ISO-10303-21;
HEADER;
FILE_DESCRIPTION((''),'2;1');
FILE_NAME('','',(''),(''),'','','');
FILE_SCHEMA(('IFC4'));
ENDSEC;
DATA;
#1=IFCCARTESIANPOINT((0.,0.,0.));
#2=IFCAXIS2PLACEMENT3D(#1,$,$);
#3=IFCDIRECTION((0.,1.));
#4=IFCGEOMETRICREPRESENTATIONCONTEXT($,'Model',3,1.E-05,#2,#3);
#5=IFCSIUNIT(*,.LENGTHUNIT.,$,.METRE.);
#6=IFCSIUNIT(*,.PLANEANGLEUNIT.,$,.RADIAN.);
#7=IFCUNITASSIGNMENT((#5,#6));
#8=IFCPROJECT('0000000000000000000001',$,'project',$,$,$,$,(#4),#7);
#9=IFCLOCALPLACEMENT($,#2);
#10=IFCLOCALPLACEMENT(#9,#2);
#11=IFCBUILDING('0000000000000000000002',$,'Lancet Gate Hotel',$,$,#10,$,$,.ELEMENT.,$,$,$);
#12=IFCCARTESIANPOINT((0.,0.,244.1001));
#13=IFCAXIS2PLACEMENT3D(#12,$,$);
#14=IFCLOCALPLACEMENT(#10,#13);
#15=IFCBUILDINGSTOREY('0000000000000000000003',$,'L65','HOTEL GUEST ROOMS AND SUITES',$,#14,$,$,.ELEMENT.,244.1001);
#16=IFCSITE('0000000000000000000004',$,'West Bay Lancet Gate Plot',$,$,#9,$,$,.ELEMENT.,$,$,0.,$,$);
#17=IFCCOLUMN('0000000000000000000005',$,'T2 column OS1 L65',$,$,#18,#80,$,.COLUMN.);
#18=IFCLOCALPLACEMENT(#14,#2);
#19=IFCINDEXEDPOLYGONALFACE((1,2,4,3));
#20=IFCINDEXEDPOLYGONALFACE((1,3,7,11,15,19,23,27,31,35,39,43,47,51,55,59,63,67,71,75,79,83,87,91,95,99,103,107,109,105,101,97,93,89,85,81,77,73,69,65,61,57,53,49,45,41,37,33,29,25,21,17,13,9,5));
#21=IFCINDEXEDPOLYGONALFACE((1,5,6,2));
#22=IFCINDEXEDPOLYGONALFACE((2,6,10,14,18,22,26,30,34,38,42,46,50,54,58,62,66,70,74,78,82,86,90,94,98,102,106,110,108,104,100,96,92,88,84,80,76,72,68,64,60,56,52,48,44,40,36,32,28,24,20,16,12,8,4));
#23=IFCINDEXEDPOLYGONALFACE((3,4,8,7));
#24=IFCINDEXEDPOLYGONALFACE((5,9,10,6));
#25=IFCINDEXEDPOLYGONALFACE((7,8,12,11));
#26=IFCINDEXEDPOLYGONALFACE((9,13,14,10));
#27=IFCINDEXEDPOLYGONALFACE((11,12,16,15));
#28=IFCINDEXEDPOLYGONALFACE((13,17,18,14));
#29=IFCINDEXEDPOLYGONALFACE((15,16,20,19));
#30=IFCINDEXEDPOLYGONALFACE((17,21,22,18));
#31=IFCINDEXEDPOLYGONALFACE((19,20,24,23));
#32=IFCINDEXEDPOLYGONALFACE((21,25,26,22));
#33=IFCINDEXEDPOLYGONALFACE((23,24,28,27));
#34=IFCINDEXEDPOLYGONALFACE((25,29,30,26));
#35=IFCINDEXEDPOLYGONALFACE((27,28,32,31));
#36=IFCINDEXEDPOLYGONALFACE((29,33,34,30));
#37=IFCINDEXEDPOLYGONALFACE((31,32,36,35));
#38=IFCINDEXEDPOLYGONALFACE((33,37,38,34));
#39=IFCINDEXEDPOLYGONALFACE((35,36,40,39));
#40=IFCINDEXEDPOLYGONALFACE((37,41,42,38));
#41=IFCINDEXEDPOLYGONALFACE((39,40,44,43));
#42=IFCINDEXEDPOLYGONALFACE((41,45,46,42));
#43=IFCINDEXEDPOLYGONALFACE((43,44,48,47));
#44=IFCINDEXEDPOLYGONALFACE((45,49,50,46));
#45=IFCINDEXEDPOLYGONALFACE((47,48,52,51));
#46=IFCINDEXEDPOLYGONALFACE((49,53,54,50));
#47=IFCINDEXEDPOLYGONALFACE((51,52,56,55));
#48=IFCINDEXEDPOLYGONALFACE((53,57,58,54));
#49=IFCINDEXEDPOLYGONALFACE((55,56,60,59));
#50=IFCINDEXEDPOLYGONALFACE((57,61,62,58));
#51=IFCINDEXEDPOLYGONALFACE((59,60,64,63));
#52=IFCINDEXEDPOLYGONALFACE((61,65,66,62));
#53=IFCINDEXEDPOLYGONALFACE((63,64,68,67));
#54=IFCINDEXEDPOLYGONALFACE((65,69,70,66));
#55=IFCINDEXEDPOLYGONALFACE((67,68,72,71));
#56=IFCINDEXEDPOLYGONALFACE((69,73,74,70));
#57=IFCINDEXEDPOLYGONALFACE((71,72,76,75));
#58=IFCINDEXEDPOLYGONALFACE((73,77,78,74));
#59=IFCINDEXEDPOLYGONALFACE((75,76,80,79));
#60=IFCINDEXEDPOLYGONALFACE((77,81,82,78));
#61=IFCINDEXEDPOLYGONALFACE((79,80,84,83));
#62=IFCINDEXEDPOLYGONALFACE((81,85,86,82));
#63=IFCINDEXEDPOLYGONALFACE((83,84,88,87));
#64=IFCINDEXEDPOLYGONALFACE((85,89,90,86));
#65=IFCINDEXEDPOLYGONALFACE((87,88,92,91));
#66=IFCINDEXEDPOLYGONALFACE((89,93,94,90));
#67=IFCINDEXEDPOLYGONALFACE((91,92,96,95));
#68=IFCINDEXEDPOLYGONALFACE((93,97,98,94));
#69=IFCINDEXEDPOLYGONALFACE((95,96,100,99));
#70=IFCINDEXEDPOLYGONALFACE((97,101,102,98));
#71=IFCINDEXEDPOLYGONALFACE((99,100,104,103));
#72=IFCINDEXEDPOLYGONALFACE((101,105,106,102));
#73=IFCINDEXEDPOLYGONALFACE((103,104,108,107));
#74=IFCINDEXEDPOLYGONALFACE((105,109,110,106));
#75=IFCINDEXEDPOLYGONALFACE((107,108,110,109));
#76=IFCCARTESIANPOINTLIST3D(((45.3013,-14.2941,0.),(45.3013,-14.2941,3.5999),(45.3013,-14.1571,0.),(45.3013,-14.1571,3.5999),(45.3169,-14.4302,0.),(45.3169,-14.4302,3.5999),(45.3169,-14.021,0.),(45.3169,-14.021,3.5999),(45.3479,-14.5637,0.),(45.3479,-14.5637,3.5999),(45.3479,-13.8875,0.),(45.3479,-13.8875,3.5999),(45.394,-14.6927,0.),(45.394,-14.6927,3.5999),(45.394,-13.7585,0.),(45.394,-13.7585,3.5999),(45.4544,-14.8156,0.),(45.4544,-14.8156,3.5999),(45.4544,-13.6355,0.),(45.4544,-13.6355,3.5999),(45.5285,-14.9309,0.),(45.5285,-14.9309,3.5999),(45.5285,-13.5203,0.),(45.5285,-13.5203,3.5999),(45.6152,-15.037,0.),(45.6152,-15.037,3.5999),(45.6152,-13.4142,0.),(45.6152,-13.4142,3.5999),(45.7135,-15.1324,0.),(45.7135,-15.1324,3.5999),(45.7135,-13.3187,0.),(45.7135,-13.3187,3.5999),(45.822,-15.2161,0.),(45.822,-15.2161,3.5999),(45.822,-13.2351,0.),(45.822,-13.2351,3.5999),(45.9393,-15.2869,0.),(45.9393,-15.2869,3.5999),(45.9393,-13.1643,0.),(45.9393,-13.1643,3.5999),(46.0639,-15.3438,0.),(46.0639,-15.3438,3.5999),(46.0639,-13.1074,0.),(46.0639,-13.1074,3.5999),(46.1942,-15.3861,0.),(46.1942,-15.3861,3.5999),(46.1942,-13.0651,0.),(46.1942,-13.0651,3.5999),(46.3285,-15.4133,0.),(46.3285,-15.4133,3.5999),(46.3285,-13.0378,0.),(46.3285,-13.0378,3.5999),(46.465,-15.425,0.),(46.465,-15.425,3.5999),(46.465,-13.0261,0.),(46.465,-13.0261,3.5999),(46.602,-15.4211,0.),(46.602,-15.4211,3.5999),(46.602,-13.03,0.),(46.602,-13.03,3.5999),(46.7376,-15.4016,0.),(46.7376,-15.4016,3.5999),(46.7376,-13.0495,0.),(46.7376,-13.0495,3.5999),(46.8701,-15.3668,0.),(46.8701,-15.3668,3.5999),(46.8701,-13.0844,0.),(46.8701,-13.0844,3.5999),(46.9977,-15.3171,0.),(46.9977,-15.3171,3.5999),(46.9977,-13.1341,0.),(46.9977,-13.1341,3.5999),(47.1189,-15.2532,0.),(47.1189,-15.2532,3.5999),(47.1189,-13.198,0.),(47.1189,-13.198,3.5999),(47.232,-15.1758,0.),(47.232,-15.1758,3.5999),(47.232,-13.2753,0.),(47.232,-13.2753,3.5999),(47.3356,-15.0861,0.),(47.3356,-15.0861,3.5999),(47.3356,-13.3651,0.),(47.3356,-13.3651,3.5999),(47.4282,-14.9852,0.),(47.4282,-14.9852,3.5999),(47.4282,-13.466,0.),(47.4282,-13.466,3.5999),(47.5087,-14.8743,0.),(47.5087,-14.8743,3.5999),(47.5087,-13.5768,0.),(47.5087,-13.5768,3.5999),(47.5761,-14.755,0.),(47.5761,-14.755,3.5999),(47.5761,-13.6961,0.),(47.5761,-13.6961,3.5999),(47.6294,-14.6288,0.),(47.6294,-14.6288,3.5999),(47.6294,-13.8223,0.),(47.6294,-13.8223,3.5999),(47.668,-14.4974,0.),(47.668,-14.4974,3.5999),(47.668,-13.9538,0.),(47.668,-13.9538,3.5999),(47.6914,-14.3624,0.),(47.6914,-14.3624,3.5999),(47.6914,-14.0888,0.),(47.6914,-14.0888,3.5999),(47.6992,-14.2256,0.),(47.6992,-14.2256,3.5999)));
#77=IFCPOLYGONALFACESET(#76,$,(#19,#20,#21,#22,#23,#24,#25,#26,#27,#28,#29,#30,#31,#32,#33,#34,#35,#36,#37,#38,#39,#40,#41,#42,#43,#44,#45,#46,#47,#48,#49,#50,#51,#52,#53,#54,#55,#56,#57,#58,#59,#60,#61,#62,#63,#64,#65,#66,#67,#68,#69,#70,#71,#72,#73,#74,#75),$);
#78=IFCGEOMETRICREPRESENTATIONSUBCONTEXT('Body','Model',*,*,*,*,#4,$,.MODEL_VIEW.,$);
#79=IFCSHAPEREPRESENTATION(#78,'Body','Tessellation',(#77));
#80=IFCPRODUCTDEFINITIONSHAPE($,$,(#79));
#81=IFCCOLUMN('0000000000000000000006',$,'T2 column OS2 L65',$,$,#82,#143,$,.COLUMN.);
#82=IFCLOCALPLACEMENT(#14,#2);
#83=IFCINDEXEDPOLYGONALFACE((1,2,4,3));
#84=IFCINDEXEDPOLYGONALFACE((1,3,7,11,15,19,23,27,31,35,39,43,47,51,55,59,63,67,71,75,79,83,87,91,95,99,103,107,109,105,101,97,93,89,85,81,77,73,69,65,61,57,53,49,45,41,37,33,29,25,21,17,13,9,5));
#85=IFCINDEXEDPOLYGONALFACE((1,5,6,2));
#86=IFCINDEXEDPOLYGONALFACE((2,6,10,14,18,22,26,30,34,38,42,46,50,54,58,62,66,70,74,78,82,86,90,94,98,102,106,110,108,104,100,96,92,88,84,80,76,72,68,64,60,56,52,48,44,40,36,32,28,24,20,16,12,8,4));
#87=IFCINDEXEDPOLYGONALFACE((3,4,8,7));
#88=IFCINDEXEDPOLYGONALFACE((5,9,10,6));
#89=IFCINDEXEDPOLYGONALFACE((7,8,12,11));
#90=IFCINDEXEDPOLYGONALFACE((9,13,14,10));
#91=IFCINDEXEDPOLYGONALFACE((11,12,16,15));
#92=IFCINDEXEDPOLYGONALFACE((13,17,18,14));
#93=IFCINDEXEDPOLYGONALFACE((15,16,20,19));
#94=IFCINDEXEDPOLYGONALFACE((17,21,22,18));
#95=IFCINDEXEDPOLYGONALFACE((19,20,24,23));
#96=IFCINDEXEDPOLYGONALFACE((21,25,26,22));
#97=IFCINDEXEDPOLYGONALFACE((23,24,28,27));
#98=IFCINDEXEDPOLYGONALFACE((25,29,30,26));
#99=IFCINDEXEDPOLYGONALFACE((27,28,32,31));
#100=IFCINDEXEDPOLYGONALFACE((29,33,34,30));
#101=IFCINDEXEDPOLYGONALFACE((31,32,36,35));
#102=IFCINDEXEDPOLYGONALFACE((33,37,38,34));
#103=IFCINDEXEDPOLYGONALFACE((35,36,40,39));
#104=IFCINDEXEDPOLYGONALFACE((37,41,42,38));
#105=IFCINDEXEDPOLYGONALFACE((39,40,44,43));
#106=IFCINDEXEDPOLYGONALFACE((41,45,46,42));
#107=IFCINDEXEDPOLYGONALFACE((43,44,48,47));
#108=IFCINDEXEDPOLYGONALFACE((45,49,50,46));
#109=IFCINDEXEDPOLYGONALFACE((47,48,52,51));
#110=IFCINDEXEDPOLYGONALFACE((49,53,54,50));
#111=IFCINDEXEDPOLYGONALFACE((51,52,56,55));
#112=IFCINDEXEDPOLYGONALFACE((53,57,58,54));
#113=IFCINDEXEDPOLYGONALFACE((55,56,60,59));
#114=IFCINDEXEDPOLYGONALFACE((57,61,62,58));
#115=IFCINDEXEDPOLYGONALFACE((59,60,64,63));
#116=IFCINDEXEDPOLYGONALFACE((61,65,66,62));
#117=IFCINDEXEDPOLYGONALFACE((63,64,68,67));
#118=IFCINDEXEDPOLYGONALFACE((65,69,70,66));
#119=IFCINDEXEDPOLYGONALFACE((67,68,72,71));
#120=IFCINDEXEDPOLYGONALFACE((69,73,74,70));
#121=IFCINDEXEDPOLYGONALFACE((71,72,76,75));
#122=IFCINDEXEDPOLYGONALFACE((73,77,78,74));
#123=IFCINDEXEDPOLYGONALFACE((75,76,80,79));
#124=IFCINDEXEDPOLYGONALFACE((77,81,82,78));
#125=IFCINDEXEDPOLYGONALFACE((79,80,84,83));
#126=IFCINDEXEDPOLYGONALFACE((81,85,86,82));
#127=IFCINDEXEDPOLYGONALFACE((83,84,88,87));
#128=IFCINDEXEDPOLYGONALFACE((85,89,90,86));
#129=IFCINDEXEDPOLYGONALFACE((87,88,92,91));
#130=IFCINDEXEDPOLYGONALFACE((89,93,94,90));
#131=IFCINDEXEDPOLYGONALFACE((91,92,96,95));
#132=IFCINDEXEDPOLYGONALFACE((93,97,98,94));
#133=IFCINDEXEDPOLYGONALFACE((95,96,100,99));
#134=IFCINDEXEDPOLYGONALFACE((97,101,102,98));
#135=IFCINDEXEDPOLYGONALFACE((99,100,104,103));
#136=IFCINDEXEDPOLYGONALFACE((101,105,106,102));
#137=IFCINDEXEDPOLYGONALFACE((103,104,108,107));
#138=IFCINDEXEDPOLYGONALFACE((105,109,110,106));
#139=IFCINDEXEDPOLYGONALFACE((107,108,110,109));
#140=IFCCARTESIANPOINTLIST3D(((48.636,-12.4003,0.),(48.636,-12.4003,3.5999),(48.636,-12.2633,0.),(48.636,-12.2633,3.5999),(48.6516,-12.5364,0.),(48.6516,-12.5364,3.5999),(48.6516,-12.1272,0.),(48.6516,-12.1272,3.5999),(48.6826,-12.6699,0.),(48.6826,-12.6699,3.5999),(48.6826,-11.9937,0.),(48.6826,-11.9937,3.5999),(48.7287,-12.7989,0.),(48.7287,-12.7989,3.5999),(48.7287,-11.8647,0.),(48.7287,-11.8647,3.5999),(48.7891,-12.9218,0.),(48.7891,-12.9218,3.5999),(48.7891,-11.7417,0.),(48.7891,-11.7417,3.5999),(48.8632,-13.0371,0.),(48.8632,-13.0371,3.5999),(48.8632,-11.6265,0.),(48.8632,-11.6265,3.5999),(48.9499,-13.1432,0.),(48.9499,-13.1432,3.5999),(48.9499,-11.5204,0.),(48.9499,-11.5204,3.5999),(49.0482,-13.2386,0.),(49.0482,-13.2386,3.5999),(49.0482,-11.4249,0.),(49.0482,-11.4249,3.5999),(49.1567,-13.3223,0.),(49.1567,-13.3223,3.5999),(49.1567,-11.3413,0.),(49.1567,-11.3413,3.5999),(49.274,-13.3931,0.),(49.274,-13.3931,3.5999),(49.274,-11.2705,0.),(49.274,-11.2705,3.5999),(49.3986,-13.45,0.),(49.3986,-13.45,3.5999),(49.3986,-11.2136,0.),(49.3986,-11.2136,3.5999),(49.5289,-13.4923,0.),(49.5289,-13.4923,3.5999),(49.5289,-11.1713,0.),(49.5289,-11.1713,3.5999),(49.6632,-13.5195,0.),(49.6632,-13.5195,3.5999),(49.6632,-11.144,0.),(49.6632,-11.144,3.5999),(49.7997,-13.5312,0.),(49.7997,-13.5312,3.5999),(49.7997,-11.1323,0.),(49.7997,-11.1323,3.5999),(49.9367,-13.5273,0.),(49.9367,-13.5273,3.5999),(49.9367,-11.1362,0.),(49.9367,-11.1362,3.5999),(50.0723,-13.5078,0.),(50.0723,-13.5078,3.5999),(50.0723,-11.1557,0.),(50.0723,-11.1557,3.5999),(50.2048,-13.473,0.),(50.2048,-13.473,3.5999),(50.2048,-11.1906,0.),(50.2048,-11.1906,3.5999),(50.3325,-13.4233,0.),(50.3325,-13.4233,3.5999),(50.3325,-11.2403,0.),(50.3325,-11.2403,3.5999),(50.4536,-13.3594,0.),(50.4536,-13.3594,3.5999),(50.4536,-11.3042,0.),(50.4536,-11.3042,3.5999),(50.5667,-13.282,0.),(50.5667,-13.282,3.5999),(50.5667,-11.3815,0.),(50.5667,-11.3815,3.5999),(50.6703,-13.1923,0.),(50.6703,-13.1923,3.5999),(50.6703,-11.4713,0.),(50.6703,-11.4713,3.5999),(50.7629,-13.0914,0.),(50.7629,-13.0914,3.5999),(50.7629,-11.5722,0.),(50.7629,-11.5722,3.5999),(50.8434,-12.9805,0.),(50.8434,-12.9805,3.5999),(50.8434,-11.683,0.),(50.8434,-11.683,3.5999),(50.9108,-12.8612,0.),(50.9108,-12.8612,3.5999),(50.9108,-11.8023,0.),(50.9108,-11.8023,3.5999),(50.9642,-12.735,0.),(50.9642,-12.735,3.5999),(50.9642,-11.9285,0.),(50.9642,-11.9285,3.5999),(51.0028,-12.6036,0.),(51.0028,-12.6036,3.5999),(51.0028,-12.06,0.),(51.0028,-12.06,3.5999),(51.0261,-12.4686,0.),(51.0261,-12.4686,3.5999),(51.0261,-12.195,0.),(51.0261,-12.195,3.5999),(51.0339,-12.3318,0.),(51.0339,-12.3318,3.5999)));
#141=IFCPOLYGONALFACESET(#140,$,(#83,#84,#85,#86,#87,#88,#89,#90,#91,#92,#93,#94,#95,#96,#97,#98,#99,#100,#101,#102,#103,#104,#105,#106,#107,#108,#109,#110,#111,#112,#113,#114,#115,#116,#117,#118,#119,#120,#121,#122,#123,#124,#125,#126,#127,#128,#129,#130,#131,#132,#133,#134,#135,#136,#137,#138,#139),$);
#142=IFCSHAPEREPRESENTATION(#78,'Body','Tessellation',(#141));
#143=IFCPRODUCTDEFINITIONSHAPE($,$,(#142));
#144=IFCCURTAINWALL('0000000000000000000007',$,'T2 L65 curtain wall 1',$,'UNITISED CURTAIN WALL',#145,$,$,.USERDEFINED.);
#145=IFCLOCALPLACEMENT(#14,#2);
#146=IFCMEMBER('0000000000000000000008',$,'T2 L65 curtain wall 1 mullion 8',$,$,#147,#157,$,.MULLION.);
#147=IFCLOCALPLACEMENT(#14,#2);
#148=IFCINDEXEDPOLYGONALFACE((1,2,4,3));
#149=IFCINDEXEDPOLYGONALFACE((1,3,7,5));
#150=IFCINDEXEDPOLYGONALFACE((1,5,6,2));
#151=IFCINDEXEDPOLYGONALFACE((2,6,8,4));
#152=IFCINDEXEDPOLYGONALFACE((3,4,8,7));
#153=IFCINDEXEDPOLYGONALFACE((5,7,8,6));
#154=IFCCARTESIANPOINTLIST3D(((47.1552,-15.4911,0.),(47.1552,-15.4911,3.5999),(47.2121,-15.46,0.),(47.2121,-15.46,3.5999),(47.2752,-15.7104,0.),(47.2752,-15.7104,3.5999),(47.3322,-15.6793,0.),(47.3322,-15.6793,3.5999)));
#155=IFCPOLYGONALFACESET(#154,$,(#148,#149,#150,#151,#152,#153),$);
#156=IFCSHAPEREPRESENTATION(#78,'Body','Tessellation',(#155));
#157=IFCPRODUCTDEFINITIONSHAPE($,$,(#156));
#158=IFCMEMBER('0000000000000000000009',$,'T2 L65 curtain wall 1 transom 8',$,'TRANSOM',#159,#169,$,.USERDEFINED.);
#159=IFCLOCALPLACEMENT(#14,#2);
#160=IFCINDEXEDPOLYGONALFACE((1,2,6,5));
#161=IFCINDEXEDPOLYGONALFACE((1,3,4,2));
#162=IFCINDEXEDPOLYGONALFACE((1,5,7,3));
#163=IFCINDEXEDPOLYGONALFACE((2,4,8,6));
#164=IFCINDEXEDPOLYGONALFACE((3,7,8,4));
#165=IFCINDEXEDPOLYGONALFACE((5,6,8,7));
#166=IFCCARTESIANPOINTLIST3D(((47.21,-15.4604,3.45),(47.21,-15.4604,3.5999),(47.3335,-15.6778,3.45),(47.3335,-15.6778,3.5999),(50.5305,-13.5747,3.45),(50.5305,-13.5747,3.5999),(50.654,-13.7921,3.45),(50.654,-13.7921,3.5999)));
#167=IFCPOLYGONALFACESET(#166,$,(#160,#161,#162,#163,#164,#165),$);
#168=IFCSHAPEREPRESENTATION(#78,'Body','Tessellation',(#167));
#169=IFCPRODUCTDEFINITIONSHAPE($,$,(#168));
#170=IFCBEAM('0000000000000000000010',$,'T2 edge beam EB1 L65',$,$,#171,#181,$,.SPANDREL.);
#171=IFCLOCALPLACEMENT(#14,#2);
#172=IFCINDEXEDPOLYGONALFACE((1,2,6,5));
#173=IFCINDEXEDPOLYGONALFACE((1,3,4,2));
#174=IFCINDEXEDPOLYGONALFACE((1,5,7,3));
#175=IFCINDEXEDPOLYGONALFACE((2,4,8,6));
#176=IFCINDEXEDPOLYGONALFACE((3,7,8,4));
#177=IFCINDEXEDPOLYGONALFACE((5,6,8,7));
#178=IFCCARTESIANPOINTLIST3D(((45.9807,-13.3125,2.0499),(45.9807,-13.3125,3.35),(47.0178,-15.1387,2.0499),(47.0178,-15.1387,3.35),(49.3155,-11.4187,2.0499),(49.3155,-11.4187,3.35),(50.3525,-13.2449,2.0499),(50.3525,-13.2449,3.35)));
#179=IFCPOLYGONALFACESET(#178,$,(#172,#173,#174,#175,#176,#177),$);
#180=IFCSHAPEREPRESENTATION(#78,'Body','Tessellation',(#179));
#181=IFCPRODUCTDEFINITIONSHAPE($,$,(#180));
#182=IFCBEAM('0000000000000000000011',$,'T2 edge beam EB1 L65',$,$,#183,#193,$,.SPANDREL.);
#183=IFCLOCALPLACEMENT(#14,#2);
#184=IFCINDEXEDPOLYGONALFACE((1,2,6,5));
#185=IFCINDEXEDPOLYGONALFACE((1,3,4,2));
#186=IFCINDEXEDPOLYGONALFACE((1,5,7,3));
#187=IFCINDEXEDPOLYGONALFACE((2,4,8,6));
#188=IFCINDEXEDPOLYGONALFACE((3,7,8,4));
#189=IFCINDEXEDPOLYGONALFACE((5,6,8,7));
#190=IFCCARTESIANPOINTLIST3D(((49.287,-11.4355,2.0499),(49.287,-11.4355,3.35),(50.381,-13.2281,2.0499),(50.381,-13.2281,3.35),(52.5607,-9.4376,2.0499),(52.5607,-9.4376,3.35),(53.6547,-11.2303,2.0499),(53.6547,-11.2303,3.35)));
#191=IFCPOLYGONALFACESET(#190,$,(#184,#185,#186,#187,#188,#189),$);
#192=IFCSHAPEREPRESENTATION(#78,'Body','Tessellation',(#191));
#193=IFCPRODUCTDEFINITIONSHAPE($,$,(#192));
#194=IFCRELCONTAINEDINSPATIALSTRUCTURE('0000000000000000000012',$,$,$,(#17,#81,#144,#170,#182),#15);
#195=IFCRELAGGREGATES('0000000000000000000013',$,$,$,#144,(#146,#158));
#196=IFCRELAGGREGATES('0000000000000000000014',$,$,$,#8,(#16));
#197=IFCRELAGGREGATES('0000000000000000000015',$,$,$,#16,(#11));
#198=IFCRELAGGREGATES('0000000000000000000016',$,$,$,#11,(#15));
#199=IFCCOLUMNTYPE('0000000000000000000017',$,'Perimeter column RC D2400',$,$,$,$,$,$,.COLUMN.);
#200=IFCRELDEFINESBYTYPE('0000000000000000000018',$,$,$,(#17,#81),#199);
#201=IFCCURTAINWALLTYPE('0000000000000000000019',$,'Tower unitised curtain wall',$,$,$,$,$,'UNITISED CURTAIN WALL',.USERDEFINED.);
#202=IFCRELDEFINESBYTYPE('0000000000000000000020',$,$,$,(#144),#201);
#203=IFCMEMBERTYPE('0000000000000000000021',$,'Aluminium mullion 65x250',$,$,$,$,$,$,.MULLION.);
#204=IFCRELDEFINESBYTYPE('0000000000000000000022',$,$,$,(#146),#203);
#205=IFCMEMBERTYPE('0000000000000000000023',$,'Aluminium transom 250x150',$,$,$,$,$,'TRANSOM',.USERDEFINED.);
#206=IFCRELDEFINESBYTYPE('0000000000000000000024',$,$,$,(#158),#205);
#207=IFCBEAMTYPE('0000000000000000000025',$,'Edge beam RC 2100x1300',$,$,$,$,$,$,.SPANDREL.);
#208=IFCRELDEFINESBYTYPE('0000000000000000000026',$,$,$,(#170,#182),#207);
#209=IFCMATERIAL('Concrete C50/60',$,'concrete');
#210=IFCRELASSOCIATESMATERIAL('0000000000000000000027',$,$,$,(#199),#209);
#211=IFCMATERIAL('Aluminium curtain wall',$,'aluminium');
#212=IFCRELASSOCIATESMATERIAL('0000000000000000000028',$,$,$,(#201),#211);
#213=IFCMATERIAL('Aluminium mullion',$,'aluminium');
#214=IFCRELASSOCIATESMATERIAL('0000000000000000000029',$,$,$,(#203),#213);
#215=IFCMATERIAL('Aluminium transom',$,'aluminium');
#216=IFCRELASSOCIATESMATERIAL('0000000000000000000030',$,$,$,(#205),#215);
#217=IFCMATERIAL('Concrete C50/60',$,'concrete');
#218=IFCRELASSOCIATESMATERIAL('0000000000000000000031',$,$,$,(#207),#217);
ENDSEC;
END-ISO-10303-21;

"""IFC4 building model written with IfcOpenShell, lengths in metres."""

from ifc_helpers import new_model, si_unit, direction, frame, origin, origin_2d, place, context, subcontext, project, spatial, rectangle, circle, extrude, material, material_profile, profile_set, type_object, element, aggregate, save


model = new_model("IFC4")

# Units and contexts
model_context = context("Model", 3, precision=1e-05, world=origin(), true_north=direction((0.0, 1.0)))
body_context = subcontext(model_context, "Body", "Model", "MODEL_VIEW")
ifc_project = project(units=[si_unit("LENGTHUNIT", "METRE"), si_unit("PLANEANGLEUNIT", "RADIAN")], contexts=[model_context])

# Site, building, storey
site_placement = place(None, origin())
site = spatial("IfcSite", under=ifc_project, at=site_placement, Name="West Bay Lancet Gate Plot", CompositionType="ELEMENT", RefElevation=0.0)
building_placement = place(site_placement, origin())
building = spatial("IfcBuilding", under=site, at=building_placement, Name="Lancet Gate Hotel", CompositionType="ELEMENT")
storey_placement = place(building_placement, frame((0.0, 0.0, 244.1001)))
storey = spatial("IfcBuildingStorey", under=building, at=storey_placement, Name="L65", Description="HOTEL GUEST ROOMS AND SUITES", CompositionType="ELEMENT", Elevation=244.1001)

# Columns
ifc_material_1 = material(Name="Concrete C50/60", Category="concrete")
ifc_material_profile_1 = material_profile(ifc_material_1, circle(Radius=1.2, at=origin_2d()), Name="RC D2400")
ifc_profile_set_1 = profile_set([ifc_material_profile_1], Name="Concrete C50/60")
column_type = type_object("IfcColumnType", Name="Perimeter column RC D2400", PredefinedType="COLUMN", material=ifc_profile_set_1)
for number, where, z_axis, x_axis, name in (
    (1, (46.4993, -14.2256, 0.0), (0.0, 0.0, 1.0), (1.0, 0.0, 0.0), "T2 column OS1 L65"),
    (2, (49.834, -12.3318, 0.0), (0.0, 0.0, 1.0), (1.0, 0.0, 0.0), "T2 column OS2 L65"),
):
    element("IfcColumn", number, at=place(storey_placement, frame(where, z_axis=z_axis, x_axis=x_axis)), inside=storey, type_object=column_type, Name=name, PredefinedType="COLUMN", context=body_context, shape_type="SweptSolid", body=[
        extrude(circle(Radius=1.2, at=origin_2d()), origin(), (0.0, 0.0, 1.0), 3.5999),
    ])

# Curtain wall, members
ifc_material_2 = material(Name="Aluminium curtain wall", Category="aluminium")
curtain_wall_type = type_object("IfcCurtainWallType", Name="Tower unitised curtain wall", ElementType="UNITISED CURTAIN WALL", PredefinedType="USERDEFINED", material=ifc_material_2)
curtain_wall_placement = place(storey_placement, origin())
curtain_wall = element("IfcCurtainWall", 3, at=curtain_wall_placement, inside=storey, type_object=curtain_wall_type, Name="T2 L65 curtain wall 1", ObjectType="UNITISED CURTAIN WALL", PredefinedType="USERDEFINED")
ifc_material_3 = material(Name="Aluminium mullion", Category="aluminium")
ifc_material_profile_2 = material_profile(ifc_material_3, rectangle(XDim=0.0649, YDim=0.25, at=origin_2d()), Name="MULLION 65x250")
ifc_profile_set_2 = profile_set([ifc_material_profile_2], Name="Aluminium mullion")
member_type_1 = type_object("IfcMemberType", Name="Aluminium mullion 65x250", PredefinedType="MULLION", material=ifc_profile_set_2)
member_1_placement = place(storey_placement, frame((47.2437, -15.5852, 0.0), z_axis=(0.0, 0.0, 1.0), x_axis=(0.877195, 0.480135, 0.0)))
member_1 = element("IfcMember", 4, at=member_1_placement, type_object=member_type_1, Name="T2 L65 curtain wall 1 mullion 8", PredefinedType="MULLION", context=body_context, shape_type="SweptSolid", body=[
    extrude(rectangle(XDim=0.0649, YDim=0.25, at=origin_2d()), origin(), (0.0, 0.0, 1.0), 3.5999),
])
ifc_material_4 = material(Name="Aluminium transom", Category="aluminium")
ifc_material_profile_3 = material_profile(ifc_material_4, rectangle(XDim=0.25, YDim=0.1499, at=origin_2d()), Name="TRANSOM 250x150")
ifc_profile_set_3 = profile_set([ifc_material_profile_3], Name="Aluminium transom")
member_type_2 = type_object("IfcMemberType", Name="Aluminium transom 250x150", ElementType="TRANSOM", PredefinedType="USERDEFINED", material=ifc_profile_set_3)
member_2_placement = place(storey_placement, frame((47.2717, -15.5691, 3.5249), z_axis=(0.869562, 0.493824, 0.0), x_axis=(-0.493824, 0.869562, 0.0)))
member_2 = element("IfcMember", 5, at=member_2_placement, type_object=member_type_2, Name="T2 L65 curtain wall 1 transom 8", ObjectType="TRANSOM", PredefinedType="USERDEFINED", context=body_context, shape_type="SweptSolid", body=[
    extrude(rectangle(XDim=0.25, YDim=0.1499, at=origin_2d()), origin(), (0.0, 0.0, 1.0), 3.8186),
])

# Beams
ifc_material_5 = material(Name="Concrete C50/60", Category="concrete")
ifc_material_profile_4 = material_profile(ifc_material_5, rectangle(XDim=2.1001, YDim=1.3, at=origin_2d()), Name="RC 2100x1300")
ifc_profile_set_4 = profile_set([ifc_material_profile_4], Name="Concrete C50/60")
beam_type = type_object("IfcBeamType", Name="Edge beam RC 2100x1300", PredefinedType="SPANDREL", material=ifc_profile_set_4)
beam_1_placement = place(storey_placement, frame((46.4993, -14.2256, 2.7), z_axis=(0.86956, 0.493827, 0.0), x_axis=(-0.493827, 0.86956, 0.0)))
element("IfcBeam", 6, at=beam_1_placement, inside=storey, type_object=beam_type, Name="T2 edge beam EB1 L65", PredefinedType="SPANDREL", context=body_context, shape_type="SweptSolid", body=[
    extrude(rectangle(XDim=2.1001, YDim=1.3, at=origin_2d()), origin(), (0.0, 0.0, 1.0), 3.835),
])
beam_2_placement = place(storey_placement, frame((49.834, -12.3318, 2.7), z_axis=(0.853604, 0.520922, 0.0), x_axis=(-0.520922, 0.853604, 0.0)))
element("IfcBeam", 7, at=beam_2_placement, inside=storey, type_object=beam_type, Name="T2 edge beam EB1 L65", PredefinedType="SPANDREL", context=body_context, shape_type="SweptSolid", body=[
    extrude(rectangle(XDim=2.1001, YDim=1.3, at=origin_2d()), origin(), (0.0, 0.0, 1.0), 3.8352),
])

aggregate(curtain_wall, [member_1, member_2])

save(model, "model.ifc")
